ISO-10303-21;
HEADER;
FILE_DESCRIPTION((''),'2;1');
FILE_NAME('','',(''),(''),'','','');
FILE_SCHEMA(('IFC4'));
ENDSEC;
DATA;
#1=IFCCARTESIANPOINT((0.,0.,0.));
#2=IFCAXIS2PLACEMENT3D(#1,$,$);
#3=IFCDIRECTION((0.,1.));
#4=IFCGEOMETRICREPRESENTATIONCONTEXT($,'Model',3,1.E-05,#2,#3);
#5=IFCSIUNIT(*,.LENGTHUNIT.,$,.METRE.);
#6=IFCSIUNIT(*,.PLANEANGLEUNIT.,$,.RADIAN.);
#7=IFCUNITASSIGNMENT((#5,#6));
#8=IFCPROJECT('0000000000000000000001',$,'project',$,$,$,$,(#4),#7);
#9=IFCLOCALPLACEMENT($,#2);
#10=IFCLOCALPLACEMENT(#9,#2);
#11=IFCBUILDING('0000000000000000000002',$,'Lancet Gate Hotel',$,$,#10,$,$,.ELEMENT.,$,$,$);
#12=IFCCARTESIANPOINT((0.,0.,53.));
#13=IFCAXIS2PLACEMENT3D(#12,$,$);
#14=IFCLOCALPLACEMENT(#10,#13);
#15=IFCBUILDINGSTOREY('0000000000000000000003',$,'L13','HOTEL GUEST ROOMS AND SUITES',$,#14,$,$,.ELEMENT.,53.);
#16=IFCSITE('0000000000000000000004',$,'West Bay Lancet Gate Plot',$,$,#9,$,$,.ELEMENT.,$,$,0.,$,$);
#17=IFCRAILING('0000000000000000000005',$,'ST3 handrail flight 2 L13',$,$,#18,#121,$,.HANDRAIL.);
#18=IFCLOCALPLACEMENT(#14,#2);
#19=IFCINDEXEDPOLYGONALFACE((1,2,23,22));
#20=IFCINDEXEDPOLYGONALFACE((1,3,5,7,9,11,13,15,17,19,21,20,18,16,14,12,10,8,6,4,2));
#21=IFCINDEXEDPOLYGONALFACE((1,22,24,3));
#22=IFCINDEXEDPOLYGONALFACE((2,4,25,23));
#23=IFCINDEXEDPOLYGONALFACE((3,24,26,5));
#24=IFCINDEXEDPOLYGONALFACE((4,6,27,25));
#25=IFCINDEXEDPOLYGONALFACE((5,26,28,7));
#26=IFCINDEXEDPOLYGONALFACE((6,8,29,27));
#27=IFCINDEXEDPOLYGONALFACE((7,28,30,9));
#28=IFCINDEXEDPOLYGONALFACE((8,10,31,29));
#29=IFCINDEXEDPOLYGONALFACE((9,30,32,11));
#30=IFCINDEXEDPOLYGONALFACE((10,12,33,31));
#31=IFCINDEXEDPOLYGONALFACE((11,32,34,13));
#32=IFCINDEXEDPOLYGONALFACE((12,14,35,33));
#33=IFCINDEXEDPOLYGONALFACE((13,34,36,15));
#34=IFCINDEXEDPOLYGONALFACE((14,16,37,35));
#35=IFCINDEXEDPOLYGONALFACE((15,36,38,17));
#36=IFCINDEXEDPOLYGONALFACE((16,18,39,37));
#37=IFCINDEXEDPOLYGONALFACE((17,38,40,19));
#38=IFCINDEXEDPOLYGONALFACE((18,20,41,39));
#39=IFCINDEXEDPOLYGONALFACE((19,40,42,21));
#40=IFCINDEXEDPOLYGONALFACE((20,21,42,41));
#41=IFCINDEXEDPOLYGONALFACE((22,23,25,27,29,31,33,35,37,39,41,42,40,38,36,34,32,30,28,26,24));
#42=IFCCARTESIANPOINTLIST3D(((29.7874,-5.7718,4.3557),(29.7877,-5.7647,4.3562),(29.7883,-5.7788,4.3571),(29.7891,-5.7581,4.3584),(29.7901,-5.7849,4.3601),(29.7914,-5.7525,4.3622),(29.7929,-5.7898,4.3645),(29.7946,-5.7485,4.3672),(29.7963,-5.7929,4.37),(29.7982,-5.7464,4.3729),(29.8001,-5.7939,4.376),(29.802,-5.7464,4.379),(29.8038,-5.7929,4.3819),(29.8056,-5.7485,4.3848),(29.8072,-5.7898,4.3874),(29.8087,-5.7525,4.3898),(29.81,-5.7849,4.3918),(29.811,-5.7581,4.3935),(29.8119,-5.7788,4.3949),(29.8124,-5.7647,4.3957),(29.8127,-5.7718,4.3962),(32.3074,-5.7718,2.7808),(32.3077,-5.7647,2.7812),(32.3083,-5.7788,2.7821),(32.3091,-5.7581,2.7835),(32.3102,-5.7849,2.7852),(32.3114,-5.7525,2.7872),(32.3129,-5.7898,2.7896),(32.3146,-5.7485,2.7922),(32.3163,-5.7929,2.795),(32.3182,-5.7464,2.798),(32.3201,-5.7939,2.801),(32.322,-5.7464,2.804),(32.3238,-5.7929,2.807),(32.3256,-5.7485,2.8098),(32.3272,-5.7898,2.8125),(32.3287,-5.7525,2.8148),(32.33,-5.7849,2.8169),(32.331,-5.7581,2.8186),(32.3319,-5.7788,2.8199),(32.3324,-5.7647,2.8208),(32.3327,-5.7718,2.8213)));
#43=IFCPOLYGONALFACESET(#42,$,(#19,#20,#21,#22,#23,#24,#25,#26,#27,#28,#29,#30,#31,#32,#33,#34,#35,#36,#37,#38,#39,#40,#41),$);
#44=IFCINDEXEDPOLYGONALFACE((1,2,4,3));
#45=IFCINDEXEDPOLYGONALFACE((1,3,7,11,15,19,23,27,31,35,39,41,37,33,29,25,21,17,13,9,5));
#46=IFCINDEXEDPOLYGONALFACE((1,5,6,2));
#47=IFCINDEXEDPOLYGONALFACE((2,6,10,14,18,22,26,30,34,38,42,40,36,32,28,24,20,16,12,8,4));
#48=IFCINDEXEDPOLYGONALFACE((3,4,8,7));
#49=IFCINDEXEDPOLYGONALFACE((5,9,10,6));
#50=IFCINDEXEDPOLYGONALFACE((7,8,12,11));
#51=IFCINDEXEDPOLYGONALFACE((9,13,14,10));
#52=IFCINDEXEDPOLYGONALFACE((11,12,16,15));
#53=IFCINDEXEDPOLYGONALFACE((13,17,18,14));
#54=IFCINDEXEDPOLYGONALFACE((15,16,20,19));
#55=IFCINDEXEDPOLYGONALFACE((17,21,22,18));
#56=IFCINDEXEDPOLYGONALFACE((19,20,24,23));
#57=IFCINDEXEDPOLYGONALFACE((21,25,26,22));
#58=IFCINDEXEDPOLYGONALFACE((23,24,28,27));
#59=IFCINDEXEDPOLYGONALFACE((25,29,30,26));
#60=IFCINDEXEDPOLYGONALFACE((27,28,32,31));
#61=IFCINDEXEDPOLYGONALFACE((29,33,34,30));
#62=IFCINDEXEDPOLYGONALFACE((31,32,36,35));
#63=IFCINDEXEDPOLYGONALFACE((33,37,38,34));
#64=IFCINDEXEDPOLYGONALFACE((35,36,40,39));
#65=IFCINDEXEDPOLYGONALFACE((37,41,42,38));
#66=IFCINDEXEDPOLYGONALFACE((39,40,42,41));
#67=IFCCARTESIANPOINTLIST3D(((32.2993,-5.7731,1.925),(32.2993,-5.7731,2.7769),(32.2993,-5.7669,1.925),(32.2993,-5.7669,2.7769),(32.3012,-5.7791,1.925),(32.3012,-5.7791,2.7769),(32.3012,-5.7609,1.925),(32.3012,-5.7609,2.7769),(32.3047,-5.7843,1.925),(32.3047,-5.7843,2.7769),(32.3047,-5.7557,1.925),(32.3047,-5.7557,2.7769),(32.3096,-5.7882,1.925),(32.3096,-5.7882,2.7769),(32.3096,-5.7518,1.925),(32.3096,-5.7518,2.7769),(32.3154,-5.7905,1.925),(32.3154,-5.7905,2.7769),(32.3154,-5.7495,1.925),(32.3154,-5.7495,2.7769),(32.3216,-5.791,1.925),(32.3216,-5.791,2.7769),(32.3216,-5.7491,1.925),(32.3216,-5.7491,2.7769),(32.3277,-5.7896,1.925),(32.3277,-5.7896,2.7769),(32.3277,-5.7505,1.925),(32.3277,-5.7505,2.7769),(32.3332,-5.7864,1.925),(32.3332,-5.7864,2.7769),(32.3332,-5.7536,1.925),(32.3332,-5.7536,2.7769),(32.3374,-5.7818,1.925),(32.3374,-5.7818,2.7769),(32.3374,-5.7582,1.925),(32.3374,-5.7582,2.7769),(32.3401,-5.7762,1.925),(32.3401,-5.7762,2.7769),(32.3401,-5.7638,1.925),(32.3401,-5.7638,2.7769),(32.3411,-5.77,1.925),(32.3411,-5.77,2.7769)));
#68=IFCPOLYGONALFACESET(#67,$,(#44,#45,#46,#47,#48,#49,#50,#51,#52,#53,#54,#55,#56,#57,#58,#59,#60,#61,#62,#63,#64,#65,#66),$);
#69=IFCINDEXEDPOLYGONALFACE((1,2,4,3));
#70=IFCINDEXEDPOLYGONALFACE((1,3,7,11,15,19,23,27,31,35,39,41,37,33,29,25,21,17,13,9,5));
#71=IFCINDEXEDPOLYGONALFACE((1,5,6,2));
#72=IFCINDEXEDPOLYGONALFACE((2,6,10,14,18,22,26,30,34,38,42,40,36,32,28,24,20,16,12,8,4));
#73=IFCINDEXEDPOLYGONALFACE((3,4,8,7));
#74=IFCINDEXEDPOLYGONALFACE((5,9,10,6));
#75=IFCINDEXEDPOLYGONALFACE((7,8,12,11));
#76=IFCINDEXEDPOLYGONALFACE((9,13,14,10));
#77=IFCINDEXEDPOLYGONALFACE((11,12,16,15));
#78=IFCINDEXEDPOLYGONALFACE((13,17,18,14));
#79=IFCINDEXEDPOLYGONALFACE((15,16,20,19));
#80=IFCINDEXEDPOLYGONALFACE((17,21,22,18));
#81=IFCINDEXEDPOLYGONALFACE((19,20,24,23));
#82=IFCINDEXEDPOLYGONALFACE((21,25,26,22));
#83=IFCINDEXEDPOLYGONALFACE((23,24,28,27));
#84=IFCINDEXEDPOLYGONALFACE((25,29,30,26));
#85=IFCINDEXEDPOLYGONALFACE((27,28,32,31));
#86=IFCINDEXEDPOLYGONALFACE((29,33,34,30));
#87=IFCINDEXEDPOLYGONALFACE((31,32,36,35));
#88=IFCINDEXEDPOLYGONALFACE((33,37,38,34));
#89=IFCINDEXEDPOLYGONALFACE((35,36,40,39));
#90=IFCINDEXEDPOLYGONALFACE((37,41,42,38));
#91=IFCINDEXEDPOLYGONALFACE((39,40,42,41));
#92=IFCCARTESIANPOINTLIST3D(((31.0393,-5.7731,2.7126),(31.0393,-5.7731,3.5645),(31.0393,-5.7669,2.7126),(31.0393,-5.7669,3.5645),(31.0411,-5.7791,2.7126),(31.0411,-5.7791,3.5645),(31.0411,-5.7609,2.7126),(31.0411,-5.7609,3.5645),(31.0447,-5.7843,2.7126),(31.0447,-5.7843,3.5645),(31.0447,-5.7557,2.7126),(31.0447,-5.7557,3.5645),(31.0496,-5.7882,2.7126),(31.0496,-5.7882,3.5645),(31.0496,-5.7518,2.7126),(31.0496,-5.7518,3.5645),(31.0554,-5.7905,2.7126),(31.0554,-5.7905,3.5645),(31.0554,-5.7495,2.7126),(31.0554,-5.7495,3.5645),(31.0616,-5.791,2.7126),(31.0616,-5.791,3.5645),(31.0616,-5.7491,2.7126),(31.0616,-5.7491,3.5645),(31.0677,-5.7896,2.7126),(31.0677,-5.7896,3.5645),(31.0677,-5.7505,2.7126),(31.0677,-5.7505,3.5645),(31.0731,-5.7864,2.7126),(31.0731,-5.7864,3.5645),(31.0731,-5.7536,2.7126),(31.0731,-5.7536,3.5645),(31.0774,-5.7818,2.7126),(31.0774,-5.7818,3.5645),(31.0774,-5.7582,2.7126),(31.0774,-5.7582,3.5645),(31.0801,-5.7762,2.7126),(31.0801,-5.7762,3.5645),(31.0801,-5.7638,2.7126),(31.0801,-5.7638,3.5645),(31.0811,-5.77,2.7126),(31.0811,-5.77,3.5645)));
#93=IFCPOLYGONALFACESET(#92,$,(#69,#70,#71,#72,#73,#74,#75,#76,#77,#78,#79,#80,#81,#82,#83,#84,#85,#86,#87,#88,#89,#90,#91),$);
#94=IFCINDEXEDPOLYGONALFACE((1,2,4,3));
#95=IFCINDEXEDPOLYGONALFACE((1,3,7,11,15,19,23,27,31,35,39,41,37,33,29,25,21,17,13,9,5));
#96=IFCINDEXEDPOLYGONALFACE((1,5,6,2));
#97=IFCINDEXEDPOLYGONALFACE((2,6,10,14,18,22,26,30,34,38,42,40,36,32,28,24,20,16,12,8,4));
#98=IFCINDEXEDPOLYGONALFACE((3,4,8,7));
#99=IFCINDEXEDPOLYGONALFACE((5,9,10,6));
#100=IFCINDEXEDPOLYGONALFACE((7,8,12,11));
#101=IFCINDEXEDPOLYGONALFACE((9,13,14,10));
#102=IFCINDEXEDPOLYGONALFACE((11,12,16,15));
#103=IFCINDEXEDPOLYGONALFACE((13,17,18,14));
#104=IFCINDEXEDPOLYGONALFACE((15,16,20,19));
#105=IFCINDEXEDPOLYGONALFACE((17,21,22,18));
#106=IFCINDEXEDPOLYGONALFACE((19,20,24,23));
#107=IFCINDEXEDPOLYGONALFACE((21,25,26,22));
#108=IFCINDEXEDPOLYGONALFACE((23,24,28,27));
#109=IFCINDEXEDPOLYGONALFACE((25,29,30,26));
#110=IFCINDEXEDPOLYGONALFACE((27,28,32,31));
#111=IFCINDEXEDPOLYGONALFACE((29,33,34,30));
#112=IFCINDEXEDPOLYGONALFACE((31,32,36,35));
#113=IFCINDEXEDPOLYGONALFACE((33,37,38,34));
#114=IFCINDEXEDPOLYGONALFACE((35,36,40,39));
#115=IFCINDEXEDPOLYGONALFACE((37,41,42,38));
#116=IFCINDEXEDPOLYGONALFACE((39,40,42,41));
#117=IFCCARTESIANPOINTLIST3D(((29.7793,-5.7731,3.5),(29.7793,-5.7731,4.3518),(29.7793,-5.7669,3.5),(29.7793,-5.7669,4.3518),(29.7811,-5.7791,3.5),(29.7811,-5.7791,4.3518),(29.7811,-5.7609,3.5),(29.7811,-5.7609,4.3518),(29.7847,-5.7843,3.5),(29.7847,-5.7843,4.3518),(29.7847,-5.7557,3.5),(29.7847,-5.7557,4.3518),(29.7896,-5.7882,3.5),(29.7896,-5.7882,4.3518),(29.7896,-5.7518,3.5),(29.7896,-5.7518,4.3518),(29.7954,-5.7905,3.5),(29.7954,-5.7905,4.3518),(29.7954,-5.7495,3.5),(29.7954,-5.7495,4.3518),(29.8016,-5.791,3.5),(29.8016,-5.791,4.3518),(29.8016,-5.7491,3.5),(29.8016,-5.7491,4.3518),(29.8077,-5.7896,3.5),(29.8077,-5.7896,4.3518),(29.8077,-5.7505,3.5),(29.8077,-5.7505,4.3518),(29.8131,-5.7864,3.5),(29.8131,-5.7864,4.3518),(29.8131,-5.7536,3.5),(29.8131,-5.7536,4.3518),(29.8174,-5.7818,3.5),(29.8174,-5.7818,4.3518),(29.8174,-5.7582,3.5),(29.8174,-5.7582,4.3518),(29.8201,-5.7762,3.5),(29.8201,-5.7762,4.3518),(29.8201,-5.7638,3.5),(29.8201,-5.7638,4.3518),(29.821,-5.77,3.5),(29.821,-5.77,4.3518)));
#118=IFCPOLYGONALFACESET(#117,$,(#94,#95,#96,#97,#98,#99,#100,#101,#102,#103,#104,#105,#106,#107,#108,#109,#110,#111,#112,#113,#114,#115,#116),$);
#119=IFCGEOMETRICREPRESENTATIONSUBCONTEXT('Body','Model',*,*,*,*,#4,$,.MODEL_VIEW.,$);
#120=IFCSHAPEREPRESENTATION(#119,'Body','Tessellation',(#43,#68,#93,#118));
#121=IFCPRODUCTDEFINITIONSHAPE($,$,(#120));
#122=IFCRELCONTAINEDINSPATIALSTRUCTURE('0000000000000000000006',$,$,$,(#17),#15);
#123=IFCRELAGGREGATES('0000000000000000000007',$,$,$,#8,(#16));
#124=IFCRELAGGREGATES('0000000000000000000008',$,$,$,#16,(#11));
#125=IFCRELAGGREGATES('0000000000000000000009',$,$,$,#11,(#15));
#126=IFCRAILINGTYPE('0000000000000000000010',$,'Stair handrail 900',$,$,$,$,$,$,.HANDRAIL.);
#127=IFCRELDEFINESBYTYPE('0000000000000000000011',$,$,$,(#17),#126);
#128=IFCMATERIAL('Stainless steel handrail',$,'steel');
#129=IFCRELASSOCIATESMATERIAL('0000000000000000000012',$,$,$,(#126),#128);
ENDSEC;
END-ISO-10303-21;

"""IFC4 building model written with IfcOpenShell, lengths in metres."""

from ifc_helpers import new_model, si_unit, direction, frame, origin, origin_2d, place, context, subcontext, project, spatial, circle, extrude, material, type_object, element, save


model = new_model("IFC4")

# Units and contexts
model_context = context("Model", 3, precision=1e-05, world=origin(), true_north=direction((0.0, 1.0)))
body_context = subcontext(model_context, "Body", "Model", "MODEL_VIEW")
ifc_project = project(units=[si_unit("LENGTHUNIT", "METRE"), si_unit("PLANEANGLEUNIT", "RADIAN")], contexts=[model_context])

# Site, building, storey
site_placement = place(None, origin())
site = spatial("IfcSite", under=ifc_project, at=site_placement, Name="West Bay Lancet Gate Plot", CompositionType="ELEMENT", RefElevation=0.0)
building_placement = place(site_placement, origin())
building = spatial("IfcBuilding", under=site, at=building_placement, Name="Lancet Gate Hotel", CompositionType="ELEMENT")
storey_placement = place(building_placement, frame((0.0, 0.0, 53.0)))
storey = spatial("IfcBuildingStorey", under=building, at=storey_placement, Name="L13", Description="HOTEL GUEST ROOMS AND SUITES", CompositionType="ELEMENT", Elevation=53.0)

# Railing
ifc_material_1 = material(Name="Stainless steel handrail", Category="steel")
railing_type = type_object("IfcRailingType", Name="Stair handrail 900", PredefinedType="HANDRAIL", material=ifc_material_1)
railing_1_placement = place(storey_placement, frame((32.3201, -5.77, 1.925)))
element("IfcRailing", 1, at=railing_1_placement, inside=storey, type_object=railing_type, Name="ST3 handrail flight 2 L13", PredefinedType="HANDRAIL", context=body_context, shape_type="SweptSolid", body=[
    extrude(circle(Radius=0.0239, at=origin_2d()), frame((0.0, 0.0, 0.876), z_axis=(-0.848008, 0.0, 0.529984), x_axis=(0.0, -1.0, 0.0)), (0.0, 0.0, 1.0), 2.9717),
    extrude(circle(Radius=0.021, at=origin_2d()), origin(), (0.0, 0.0, 1.0), 0.8518),
    extrude(circle(Radius=0.021, at=origin_2d()), frame((-1.26, 0.0, 0.7876)), (0.0, 0.0, 1.0), 0.8518),
    extrude(circle(Radius=0.021, at=origin_2d()), frame((-2.52, 0.0, 1.575)), (0.0, 0.0, 1.0), 0.8518),
])

save(model, "model.ifc")
